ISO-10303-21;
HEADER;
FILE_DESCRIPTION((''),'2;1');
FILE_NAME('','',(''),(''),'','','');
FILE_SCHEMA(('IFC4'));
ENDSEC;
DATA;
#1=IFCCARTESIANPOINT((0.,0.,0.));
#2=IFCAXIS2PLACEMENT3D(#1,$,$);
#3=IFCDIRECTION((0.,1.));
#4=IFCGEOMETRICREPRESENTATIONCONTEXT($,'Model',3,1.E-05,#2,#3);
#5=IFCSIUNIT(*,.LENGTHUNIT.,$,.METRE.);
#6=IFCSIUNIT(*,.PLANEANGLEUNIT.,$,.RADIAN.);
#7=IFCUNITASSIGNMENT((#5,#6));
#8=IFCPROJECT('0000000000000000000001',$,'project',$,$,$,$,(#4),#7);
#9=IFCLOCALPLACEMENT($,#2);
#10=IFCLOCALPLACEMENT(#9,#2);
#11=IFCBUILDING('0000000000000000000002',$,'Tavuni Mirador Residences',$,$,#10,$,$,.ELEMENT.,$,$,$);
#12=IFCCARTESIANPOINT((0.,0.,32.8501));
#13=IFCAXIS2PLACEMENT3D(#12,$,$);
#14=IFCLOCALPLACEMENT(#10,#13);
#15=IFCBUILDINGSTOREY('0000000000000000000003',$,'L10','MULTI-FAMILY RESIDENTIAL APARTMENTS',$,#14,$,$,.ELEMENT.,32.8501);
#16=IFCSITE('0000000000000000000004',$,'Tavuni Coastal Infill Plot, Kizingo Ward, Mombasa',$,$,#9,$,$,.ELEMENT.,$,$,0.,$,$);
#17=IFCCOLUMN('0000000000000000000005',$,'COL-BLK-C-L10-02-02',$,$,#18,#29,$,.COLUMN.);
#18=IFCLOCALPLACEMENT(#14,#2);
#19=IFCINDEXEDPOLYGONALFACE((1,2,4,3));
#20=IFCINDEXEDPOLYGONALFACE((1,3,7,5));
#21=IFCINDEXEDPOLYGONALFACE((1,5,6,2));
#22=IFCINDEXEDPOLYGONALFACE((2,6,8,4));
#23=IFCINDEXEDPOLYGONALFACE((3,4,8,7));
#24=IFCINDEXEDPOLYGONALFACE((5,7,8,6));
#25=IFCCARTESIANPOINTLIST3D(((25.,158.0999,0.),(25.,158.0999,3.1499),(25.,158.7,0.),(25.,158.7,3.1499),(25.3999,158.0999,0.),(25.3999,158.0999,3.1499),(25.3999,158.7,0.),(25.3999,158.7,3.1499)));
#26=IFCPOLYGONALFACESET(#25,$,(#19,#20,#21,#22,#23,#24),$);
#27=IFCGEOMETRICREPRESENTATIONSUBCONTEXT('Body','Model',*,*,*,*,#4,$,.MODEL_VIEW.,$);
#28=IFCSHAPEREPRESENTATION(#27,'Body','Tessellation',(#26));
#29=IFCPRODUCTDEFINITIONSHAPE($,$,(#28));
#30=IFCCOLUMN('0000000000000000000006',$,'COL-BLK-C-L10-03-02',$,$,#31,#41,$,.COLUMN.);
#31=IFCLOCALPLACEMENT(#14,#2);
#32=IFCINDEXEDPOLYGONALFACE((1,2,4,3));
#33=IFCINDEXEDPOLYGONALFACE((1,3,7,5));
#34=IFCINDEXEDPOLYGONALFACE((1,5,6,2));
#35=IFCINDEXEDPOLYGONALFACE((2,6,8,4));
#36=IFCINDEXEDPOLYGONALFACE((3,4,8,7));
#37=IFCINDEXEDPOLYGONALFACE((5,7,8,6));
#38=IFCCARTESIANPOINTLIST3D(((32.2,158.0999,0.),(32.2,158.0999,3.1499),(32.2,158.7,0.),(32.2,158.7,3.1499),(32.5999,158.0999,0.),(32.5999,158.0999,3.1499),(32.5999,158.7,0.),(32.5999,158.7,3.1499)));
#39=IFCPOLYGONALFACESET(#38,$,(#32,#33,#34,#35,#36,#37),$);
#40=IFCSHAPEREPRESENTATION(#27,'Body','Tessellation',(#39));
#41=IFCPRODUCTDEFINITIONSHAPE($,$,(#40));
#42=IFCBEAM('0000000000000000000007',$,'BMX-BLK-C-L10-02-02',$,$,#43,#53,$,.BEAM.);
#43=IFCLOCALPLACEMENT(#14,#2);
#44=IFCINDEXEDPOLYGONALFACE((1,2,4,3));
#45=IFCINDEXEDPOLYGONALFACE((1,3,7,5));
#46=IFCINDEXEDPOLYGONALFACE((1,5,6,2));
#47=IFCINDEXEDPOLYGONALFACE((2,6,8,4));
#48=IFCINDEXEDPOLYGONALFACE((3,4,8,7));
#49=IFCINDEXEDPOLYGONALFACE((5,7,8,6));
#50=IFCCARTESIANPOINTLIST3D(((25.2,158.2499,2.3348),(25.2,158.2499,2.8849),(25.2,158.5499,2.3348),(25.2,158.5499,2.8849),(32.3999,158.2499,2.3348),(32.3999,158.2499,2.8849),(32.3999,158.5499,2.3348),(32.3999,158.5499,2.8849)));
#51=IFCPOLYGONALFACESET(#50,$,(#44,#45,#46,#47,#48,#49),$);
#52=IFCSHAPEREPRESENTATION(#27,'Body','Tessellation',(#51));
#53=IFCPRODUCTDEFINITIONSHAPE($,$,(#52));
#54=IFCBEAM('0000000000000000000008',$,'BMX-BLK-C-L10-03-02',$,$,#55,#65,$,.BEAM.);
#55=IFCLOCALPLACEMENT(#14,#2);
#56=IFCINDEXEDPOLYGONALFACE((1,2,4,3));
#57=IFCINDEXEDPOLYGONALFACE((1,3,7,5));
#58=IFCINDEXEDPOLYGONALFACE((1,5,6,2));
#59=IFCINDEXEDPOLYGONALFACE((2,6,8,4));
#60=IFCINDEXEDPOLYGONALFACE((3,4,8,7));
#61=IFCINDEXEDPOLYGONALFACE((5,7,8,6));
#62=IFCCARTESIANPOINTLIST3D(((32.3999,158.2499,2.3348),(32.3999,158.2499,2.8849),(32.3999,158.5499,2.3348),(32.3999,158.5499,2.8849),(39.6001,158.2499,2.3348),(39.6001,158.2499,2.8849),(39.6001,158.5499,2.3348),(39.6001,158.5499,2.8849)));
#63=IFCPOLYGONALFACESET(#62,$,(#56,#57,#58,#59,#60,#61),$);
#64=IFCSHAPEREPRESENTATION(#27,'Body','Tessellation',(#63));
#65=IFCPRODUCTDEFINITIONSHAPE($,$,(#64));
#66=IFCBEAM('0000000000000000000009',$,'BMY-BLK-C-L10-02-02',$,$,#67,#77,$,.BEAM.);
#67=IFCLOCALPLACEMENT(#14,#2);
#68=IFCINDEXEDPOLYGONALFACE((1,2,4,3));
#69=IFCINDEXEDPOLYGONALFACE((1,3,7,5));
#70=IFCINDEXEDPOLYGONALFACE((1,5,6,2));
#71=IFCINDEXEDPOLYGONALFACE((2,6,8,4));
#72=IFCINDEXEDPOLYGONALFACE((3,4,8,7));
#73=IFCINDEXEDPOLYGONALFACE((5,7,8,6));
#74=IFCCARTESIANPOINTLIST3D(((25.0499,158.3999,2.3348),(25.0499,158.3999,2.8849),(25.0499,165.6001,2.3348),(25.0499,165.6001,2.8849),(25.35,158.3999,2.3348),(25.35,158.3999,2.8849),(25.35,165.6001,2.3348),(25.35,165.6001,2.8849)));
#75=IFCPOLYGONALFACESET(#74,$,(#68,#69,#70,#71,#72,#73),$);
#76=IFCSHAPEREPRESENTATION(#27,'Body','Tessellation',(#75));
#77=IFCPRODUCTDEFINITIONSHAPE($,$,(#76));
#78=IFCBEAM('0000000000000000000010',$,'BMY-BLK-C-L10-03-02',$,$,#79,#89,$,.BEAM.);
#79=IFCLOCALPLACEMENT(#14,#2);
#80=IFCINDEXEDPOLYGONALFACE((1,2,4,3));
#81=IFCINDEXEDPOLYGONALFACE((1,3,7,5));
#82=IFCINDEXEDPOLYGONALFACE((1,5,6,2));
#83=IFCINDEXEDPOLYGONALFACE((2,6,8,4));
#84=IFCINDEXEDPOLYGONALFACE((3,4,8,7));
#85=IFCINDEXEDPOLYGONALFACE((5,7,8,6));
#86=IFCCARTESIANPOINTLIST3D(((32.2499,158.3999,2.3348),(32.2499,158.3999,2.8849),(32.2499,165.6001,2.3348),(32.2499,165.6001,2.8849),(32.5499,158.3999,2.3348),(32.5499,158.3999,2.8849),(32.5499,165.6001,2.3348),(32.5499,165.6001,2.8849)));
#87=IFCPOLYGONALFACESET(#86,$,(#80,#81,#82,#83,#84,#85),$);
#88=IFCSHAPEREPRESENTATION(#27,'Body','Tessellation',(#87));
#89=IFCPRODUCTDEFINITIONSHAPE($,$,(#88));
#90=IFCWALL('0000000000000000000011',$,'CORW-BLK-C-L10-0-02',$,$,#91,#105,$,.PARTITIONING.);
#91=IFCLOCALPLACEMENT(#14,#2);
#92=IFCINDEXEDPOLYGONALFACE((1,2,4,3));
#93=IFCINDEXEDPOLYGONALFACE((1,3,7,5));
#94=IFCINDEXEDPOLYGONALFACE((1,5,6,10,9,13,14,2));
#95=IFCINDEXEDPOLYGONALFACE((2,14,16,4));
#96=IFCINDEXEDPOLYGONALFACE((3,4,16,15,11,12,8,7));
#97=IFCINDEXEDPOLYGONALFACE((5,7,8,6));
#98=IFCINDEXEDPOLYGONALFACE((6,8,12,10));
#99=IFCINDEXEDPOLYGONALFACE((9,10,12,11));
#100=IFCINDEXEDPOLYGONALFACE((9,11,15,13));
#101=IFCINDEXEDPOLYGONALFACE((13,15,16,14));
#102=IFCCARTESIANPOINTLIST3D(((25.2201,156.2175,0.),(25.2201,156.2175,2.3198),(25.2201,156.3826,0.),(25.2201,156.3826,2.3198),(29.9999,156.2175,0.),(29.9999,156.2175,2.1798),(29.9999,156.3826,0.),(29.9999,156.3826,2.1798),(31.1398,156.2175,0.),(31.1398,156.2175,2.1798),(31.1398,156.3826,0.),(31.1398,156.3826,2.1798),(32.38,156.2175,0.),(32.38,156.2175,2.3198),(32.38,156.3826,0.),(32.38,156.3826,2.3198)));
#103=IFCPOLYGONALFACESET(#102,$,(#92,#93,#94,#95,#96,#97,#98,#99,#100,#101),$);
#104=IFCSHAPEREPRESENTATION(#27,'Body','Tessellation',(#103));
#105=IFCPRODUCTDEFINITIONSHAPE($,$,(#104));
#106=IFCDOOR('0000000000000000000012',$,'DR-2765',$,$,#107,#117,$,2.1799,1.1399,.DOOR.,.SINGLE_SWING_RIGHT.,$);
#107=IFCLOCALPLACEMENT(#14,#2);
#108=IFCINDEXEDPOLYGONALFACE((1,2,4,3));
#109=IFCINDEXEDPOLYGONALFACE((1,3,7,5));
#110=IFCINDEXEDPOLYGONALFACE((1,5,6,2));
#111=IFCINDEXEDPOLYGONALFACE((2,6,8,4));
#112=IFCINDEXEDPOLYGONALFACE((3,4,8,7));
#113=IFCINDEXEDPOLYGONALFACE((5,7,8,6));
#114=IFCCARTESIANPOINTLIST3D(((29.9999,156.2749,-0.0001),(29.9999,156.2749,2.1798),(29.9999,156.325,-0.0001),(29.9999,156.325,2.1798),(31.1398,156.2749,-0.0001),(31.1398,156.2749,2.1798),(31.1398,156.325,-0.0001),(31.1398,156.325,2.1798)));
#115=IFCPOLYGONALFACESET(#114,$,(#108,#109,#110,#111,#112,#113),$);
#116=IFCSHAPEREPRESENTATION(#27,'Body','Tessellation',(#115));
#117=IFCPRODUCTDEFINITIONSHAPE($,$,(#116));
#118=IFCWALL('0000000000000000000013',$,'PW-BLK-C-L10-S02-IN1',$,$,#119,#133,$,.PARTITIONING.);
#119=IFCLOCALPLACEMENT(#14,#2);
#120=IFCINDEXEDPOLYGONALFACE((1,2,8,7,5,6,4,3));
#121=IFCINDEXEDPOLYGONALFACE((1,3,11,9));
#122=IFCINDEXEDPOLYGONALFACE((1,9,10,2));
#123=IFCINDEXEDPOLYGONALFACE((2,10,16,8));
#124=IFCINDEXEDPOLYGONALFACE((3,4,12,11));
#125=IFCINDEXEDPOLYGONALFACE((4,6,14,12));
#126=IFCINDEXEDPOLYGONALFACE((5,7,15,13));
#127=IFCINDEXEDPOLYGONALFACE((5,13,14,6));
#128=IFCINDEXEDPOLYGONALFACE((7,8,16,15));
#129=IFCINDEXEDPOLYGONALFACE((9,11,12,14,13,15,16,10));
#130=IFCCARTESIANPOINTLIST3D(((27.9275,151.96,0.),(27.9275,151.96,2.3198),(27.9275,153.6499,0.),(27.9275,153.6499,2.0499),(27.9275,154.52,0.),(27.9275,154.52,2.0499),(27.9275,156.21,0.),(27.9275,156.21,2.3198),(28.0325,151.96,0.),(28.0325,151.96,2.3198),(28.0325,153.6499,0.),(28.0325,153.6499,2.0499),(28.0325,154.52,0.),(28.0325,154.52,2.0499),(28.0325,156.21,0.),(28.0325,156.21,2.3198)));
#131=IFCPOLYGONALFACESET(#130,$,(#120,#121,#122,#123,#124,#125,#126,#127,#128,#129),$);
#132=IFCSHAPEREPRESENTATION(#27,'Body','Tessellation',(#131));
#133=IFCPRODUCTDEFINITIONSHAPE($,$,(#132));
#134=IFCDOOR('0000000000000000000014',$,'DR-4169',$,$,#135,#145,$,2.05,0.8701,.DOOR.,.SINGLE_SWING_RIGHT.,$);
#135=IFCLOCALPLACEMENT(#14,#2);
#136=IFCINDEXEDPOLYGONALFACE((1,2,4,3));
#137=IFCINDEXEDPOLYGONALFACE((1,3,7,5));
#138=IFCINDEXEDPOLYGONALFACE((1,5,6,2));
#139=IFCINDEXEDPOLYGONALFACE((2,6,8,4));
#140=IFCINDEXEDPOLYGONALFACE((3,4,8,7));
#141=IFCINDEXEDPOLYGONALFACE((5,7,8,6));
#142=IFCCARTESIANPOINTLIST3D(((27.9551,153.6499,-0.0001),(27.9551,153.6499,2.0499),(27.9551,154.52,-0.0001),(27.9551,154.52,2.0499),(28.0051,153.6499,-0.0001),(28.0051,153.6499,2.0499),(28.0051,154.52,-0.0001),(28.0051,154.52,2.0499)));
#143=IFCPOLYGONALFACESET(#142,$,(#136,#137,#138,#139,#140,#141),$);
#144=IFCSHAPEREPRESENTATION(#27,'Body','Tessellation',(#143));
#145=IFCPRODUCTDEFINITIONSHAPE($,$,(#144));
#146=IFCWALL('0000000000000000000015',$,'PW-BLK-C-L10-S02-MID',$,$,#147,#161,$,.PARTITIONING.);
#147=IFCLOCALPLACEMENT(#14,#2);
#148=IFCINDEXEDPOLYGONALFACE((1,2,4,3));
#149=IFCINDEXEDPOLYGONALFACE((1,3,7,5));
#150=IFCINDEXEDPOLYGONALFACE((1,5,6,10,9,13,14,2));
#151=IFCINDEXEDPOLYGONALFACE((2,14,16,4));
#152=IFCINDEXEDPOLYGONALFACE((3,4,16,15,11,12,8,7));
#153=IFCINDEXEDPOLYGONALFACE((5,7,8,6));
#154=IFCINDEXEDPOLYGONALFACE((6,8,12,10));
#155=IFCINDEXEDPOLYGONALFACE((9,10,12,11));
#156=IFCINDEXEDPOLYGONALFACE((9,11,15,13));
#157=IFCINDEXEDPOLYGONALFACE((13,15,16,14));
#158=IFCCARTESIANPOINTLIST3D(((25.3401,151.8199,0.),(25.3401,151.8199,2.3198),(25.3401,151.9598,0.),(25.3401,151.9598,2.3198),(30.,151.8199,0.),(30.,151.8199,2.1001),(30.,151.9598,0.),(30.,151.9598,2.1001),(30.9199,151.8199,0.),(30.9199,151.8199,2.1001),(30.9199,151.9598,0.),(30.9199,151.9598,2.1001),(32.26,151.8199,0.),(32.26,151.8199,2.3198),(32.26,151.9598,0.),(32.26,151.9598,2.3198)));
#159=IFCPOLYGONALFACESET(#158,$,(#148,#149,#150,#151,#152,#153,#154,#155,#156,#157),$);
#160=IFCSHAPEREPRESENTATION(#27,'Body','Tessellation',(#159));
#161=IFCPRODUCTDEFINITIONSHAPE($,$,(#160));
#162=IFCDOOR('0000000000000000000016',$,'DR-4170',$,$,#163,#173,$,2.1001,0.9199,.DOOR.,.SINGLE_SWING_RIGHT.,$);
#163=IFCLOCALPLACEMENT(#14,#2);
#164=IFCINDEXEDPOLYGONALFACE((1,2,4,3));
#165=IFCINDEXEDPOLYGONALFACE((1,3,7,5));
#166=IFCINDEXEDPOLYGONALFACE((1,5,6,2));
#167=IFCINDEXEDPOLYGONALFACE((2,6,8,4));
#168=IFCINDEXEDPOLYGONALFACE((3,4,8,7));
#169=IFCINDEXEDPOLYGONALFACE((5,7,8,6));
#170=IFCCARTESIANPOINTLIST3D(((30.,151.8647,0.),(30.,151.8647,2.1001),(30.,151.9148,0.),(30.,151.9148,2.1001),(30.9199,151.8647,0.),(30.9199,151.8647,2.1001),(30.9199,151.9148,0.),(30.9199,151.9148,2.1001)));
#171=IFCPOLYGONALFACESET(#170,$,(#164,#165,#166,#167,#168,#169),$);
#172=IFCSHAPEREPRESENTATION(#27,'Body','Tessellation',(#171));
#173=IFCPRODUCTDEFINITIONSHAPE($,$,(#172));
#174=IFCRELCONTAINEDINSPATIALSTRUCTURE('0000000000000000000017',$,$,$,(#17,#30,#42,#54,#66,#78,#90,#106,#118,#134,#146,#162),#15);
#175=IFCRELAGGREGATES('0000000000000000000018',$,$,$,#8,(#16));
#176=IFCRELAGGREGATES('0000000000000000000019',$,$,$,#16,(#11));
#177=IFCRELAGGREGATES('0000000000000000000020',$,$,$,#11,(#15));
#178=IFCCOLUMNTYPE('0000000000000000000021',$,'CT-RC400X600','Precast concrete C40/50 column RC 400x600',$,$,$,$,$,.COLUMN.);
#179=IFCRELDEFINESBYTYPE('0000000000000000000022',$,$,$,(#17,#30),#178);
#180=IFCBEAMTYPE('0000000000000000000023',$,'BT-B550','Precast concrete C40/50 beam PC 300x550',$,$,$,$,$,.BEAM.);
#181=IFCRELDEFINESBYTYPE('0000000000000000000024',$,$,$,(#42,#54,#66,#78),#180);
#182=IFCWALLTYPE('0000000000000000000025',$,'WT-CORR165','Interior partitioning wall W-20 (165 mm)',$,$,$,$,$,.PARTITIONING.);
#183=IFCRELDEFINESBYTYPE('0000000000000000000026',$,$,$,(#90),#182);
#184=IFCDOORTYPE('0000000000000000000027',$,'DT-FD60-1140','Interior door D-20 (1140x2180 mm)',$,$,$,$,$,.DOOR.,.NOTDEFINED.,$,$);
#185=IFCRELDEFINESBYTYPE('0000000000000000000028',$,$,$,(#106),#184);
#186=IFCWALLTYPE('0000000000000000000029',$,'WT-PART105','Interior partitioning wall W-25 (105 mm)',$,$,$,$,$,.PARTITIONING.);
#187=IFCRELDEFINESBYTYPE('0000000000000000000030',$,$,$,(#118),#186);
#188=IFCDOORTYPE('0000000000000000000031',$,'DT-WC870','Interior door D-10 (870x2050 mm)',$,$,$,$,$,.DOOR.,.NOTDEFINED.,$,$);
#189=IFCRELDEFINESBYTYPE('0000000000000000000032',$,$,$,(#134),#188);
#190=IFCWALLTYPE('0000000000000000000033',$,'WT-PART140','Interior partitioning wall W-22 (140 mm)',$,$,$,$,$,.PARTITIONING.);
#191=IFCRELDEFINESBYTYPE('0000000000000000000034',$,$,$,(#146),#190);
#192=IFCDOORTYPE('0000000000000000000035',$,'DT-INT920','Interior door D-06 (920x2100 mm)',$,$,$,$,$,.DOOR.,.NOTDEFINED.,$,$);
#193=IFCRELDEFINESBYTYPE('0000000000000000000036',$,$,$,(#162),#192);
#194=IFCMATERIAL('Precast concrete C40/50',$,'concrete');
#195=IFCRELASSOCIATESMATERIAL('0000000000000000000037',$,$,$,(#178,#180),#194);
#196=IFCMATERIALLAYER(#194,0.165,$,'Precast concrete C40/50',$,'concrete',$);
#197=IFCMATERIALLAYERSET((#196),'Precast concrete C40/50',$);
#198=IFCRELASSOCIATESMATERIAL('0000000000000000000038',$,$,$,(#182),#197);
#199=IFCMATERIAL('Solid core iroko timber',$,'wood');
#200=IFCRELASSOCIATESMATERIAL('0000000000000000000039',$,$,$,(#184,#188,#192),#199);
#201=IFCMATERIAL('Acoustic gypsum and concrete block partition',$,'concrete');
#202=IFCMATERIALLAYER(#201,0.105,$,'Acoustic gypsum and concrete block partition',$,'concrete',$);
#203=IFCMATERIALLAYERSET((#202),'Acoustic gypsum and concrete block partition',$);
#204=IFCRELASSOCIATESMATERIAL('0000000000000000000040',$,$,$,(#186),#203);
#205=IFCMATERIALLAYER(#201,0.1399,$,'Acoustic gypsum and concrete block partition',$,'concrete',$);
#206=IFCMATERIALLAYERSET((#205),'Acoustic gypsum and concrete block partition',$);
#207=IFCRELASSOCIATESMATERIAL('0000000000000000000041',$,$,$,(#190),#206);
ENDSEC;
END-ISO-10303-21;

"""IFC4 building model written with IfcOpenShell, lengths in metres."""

from ifc_helpers import new_model, si_unit, direction, frame, frame_2d, origin, origin_2d, place, context, subcontext, project, spatial, rectangle, extrude, material, layer, layer_set, material_profile, profile_set, type_object, element, fill, save


model = new_model("IFC4")

# Units and contexts
model_context = context("Model", 3, precision=1e-05, world=origin(), true_north=direction((0.0, 1.0)))
body_context = subcontext(model_context, "Body", "Model", "MODEL_VIEW")
ifc_project = project(units=[si_unit("LENGTHUNIT", "METRE"), si_unit("PLANEANGLEUNIT", "RADIAN")], contexts=[model_context])

# Site, building, storey
site_placement = place(None, origin())
site = spatial("IfcSite", under=ifc_project, at=site_placement, Name="Tavuni Coastal Infill Plot, Kizingo Ward, Mombasa", CompositionType="ELEMENT", RefElevation=0.0)
building_placement = place(site_placement, origin())
building = spatial("IfcBuilding", under=site, at=building_placement, Name="Tavuni Mirador Residences", CompositionType="ELEMENT")
storey_placement = place(building_placement, frame((0.0, 0.0, 32.8501)))
storey = spatial("IfcBuildingStorey", under=building, at=storey_placement, Name="L10", Description="MULTI-FAMILY RESIDENTIAL APARTMENTS", CompositionType="ELEMENT", Elevation=32.8501)

# Columns
ifc_material_1 = material(Name="Precast concrete C40/50", Category="concrete")
ifc_material_profile_1 = material_profile(ifc_material_1, rectangle(XDim=0.3999, YDim=0.6001, at=origin_2d()), Name="RC 400x600", Category="concrete")
ifc_profile_set_1 = profile_set([ifc_material_profile_1], Name="Precast concrete C40/50")
column_type = type_object("IfcColumnType", Name="CT-RC400X600", Description="Precast concrete C40/50 column RC 400x600", PredefinedType="COLUMN", material=ifc_profile_set_1)
for number, where, z_axis, x_axis, name in (
    (1, (25.2, 158.3999, 0.0), (0.0, 0.0, 1.0), (1.0, 0.0, 0.0), "COL-BLK-C-L10-02-02"),
    (2, (32.3999, 158.3999, 0.0), (0.0, 0.0, 1.0), (1.0, 0.0, 0.0), "COL-BLK-C-L10-03-02"),
):
    element("IfcColumn", number, at=place(storey_placement, frame(where, z_axis=z_axis, x_axis=x_axis)), inside=storey, type_object=column_type, Name=name, PredefinedType="COLUMN", context=body_context, shape_type="SweptSolid", body=[
        extrude(rectangle(XDim=0.3999, YDim=0.6001, at=origin_2d()), origin(), (0.0, 0.0, 1.0), 3.1499),
    ])

# Beams
ifc_material_profile_2 = material_profile(ifc_material_1, rectangle(XDim=0.3, YDim=0.55, at=origin_2d()), Name="PC 300x550", Category="concrete")
ifc_profile_set_2 = profile_set([ifc_material_profile_2], Name="Precast concrete C40/50")
beam_type = type_object("IfcBeamType", Name="BT-B550", Description="Precast concrete C40/50 beam PC 300x550", PredefinedType="BEAM", material=ifc_profile_set_2)
beam_placement = place(storey_placement, frame((25.2, 158.3999, 2.6099), z_axis=(1.0, 0.0, 0.0), x_axis=(0.0, 1.0, 0.0)))
element("IfcBeam", 3, at=beam_placement, inside=storey, type_object=beam_type, Name="BMX-BLK-C-L10-02-02", PredefinedType="BEAM", context=body_context, shape_type="SweptSolid", body=[
    extrude(rectangle(XDim=0.3, YDim=0.55, at=origin_2d()), origin(), (0.0, 0.0, 1.0), 7.2),
])
for number, where, z_axis, x_axis, name in (
    (4, (32.3999, 158.3999, 2.6099), (1.0, 0.0, 0.0), (0.0, 1.0, 0.0), "BMX-BLK-C-L10-03-02"),
    (5, (25.2, 158.3999, 2.6099), (0.0, 1.0, 0.0), (-1.0, 0.0, 0.0), "BMY-BLK-C-L10-02-02"),
    (6, (32.3999, 158.3999, 2.6099), (0.0, 1.0, 0.0), (-1.0, 0.0, 0.0), "BMY-BLK-C-L10-03-02"),
):
    element("IfcBeam", number, at=place(storey_placement, frame(where, z_axis=z_axis, x_axis=x_axis)), inside=storey, type_object=beam_type, Name=name, PredefinedType="BEAM", context=body_context, shape_type="SweptSolid", body=[
        extrude(rectangle(XDim=0.3, YDim=0.55, at=origin_2d()), origin(), (0.0, 0.0, 1.0), 7.2002),
    ])

# Walls, openings, doors
ifc_material_2 = material(Name="Solid core iroko timber", Category="wood")
ifc_layer_1 = layer(ifc_material_1, 0.165, Name="Precast concrete C40/50", Category="concrete")
ifc_layer_set_1 = layer_set([ifc_layer_1], Name="Precast concrete C40/50")
wall_type_1 = type_object("IfcWallType", Name="WT-CORR165", Description="Interior partitioning wall W-20 (165 mm)", PredefinedType="PARTITIONING", material=ifc_layer_set_1)
wall_1_placement = place(storey_placement, frame((25.22, 156.3, 0.0), z_axis=(0.0, 0.0, 1.0), x_axis=(1.0, 0.0, 0.0)))
wall_1 = element("IfcWall", 7, at=wall_1_placement, inside=storey, type_object=wall_type_1, Name="CORW-BLK-C-L10-0-02", PredefinedType="PARTITIONING", context=body_context, shape_type="SweptSolid", body=[
    extrude(rectangle(XDim=7.1599, YDim=0.165, at=frame_2d((3.5801, 0.0))), origin(), (0.0, 0.0, 1.0), 2.3198),
])
opening_1_placement = place(wall_1_placement, frame((4.78, 0.0, 0.0)))
opening_1 = element("IfcOpeningElement", 8, at=opening_1_placement, cuts=wall_1, PredefinedType="OPENING", context=body_context, shape_type="SweptSolid", body=[
    extrude(rectangle(XDim=1.1399, YDim=2.1799, at=frame_2d((0.5698, 1.0898))), frame((0.0, 0.0925, 0.0), z_axis=(0.0, -1.0, 0.0), x_axis=(1.0, 0.0, 0.0)), (0.0, 0.0, 1.0), 0.1851),
])
door_type_1 = type_object("IfcDoorType", Name="DT-FD60-1140", Description="Interior door D-20 (1140x2180 mm)", OperationType="NOTDEFINED", PredefinedType="DOOR", material=ifc_material_2)
door_1_placement = place(opening_1_placement, origin())
door_1 = element("IfcDoor", 9, at=door_1_placement, inside=storey, type_object=door_type_1, Name="DR-2765", OperationType="SINGLE_SWING_RIGHT", OverallHeight=2.1799, OverallWidth=1.1399, PredefinedType="DOOR", context=body_context, shape_type="SweptSolid", body=[
    extrude(rectangle(XDim=1.1399, YDim=2.1799, at=frame_2d((0.5698, 1.0898))), frame((0.0, 0.0249, 0.0), z_axis=(0.0, -1.0, 0.0), x_axis=(1.0, 0.0, 0.0)), (0.0, 0.0, 1.0), 0.05),
])
fill(opening_1, door_1)
ifc_material_3 = material(Name="Acoustic gypsum and concrete block partition", Category="concrete")
ifc_layer_2 = layer(ifc_material_3, 0.105, Name="Acoustic gypsum and concrete block partition", Category="concrete")
ifc_layer_set_2 = layer_set([ifc_layer_2], Name="Acoustic gypsum and concrete block partition")
wall_type_2 = type_object("IfcWallType", Name="WT-PART105", Description="Interior partitioning wall W-25 (105 mm)", PredefinedType="PARTITIONING", material=ifc_layer_set_2)
wall_2_placement = place(storey_placement, frame((27.98, 151.96, 0.0), z_axis=(0.0, 0.0, 1.0), x_axis=(0.0, 1.0, 0.0)))
wall_2 = element("IfcWall", 10, at=wall_2_placement, inside=storey, type_object=wall_type_2, Name="PW-BLK-C-L10-S02-IN1", PredefinedType="PARTITIONING", context=body_context, shape_type="SweptSolid", body=[
    extrude(rectangle(XDim=4.25, YDim=0.105, at=frame_2d((2.125, 0.0))), origin(), (0.0, 0.0, 1.0), 2.3198),
])
opening_2_placement = place(wall_2_placement, frame((1.6899, 0.0, 0.0)))
opening_2 = element("IfcOpeningElement", 11, at=opening_2_placement, cuts=wall_2, PredefinedType="OPENING", context=body_context, shape_type="SweptSolid", body=[
    extrude(rectangle(XDim=0.8701, YDim=2.05, at=frame_2d((0.4351, 1.0249))), frame((0.0, 0.0625, 0.0), z_axis=(0.0, -1.0, 0.0), x_axis=(1.0, 0.0, 0.0)), (0.0, 0.0, 1.0), 0.125),
])
door_type_2 = type_object("IfcDoorType", Name="DT-WC870", Description="Interior door D-10 (870x2050 mm)", OperationType="NOTDEFINED", PredefinedType="DOOR", material=ifc_material_2)
door_2_placement = place(opening_2_placement, origin())
door_2 = element("IfcDoor", 12, at=door_2_placement, inside=storey, type_object=door_type_2, Name="DR-4169", OperationType="SINGLE_SWING_RIGHT", OverallHeight=2.05, OverallWidth=0.8701, PredefinedType="DOOR", context=body_context, shape_type="SweptSolid", body=[
    extrude(rectangle(XDim=0.8701, YDim=2.05, at=frame_2d((0.4351, 1.0249))), frame((0.0, 0.0249, 0.0), z_axis=(0.0, -1.0, 0.0), x_axis=(1.0, 0.0, 0.0)), (0.0, 0.0, 1.0), 0.05),
])
fill(opening_2, door_2)
ifc_layer_3 = layer(ifc_material_3, 0.1399, Name="Acoustic gypsum and concrete block partition", Category="concrete")
ifc_layer_set_3 = layer_set([ifc_layer_3], Name="Acoustic gypsum and concrete block partition")
wall_type_3 = type_object("IfcWallType", Name="WT-PART140", Description="Interior partitioning wall W-22 (140 mm)", PredefinedType="PARTITIONING", material=ifc_layer_set_3)
wall_3_placement = place(storey_placement, frame((25.3401, 151.8899, 0.0), z_axis=(0.0, 0.0, 1.0), x_axis=(1.0, 0.0, 0.0)))
wall_3 = element("IfcWall", 13, at=wall_3_placement, inside=storey, type_object=wall_type_3, Name="PW-BLK-C-L10-S02-MID", PredefinedType="PARTITIONING", context=body_context, shape_type="SweptSolid", body=[
    extrude(rectangle(XDim=6.9199, YDim=0.1399, at=frame_2d((3.46, 0.0))), origin(), (0.0, 0.0, 1.0), 2.3198),
])
opening_3_placement = place(wall_3_placement, frame((4.6599, 0.0, 0.0)))
opening_3 = element("IfcOpeningElement", 14, at=opening_3_placement, cuts=wall_3, PredefinedType="OPENING", context=body_context, shape_type="SweptSolid", body=[
    extrude(rectangle(XDim=0.9199, YDim=2.1001, at=frame_2d((0.46, 1.05))), frame((0.0, 0.0801, 0.0), z_axis=(0.0, -1.0, 0.0), x_axis=(1.0, 0.0, 0.0)), (0.0, 0.0, 1.0), 0.1599),
])
door_type_3 = type_object("IfcDoorType", Name="DT-INT920", Description="Interior door D-06 (920x2100 mm)", OperationType="NOTDEFINED", PredefinedType="DOOR", material=ifc_material_2)
door_3_placement = place(opening_3_placement, origin())
door_3 = element("IfcDoor", 15, at=door_3_placement, inside=storey, type_object=door_type_3, Name="DR-4170", OperationType="SINGLE_SWING_RIGHT", OverallHeight=2.1001, OverallWidth=0.9199, PredefinedType="DOOR", context=body_context, shape_type="SweptSolid", body=[
    extrude(rectangle(XDim=0.9199, YDim=2.1001, at=frame_2d((0.46, 1.05))), frame((0.0, 0.0249, 0.0), z_axis=(0.0, -1.0, 0.0), x_axis=(1.0, 0.0, 0.0)), (0.0, 0.0, 1.0), 0.05),
])
fill(opening_3, door_3)

save(model, "model.ifc")
